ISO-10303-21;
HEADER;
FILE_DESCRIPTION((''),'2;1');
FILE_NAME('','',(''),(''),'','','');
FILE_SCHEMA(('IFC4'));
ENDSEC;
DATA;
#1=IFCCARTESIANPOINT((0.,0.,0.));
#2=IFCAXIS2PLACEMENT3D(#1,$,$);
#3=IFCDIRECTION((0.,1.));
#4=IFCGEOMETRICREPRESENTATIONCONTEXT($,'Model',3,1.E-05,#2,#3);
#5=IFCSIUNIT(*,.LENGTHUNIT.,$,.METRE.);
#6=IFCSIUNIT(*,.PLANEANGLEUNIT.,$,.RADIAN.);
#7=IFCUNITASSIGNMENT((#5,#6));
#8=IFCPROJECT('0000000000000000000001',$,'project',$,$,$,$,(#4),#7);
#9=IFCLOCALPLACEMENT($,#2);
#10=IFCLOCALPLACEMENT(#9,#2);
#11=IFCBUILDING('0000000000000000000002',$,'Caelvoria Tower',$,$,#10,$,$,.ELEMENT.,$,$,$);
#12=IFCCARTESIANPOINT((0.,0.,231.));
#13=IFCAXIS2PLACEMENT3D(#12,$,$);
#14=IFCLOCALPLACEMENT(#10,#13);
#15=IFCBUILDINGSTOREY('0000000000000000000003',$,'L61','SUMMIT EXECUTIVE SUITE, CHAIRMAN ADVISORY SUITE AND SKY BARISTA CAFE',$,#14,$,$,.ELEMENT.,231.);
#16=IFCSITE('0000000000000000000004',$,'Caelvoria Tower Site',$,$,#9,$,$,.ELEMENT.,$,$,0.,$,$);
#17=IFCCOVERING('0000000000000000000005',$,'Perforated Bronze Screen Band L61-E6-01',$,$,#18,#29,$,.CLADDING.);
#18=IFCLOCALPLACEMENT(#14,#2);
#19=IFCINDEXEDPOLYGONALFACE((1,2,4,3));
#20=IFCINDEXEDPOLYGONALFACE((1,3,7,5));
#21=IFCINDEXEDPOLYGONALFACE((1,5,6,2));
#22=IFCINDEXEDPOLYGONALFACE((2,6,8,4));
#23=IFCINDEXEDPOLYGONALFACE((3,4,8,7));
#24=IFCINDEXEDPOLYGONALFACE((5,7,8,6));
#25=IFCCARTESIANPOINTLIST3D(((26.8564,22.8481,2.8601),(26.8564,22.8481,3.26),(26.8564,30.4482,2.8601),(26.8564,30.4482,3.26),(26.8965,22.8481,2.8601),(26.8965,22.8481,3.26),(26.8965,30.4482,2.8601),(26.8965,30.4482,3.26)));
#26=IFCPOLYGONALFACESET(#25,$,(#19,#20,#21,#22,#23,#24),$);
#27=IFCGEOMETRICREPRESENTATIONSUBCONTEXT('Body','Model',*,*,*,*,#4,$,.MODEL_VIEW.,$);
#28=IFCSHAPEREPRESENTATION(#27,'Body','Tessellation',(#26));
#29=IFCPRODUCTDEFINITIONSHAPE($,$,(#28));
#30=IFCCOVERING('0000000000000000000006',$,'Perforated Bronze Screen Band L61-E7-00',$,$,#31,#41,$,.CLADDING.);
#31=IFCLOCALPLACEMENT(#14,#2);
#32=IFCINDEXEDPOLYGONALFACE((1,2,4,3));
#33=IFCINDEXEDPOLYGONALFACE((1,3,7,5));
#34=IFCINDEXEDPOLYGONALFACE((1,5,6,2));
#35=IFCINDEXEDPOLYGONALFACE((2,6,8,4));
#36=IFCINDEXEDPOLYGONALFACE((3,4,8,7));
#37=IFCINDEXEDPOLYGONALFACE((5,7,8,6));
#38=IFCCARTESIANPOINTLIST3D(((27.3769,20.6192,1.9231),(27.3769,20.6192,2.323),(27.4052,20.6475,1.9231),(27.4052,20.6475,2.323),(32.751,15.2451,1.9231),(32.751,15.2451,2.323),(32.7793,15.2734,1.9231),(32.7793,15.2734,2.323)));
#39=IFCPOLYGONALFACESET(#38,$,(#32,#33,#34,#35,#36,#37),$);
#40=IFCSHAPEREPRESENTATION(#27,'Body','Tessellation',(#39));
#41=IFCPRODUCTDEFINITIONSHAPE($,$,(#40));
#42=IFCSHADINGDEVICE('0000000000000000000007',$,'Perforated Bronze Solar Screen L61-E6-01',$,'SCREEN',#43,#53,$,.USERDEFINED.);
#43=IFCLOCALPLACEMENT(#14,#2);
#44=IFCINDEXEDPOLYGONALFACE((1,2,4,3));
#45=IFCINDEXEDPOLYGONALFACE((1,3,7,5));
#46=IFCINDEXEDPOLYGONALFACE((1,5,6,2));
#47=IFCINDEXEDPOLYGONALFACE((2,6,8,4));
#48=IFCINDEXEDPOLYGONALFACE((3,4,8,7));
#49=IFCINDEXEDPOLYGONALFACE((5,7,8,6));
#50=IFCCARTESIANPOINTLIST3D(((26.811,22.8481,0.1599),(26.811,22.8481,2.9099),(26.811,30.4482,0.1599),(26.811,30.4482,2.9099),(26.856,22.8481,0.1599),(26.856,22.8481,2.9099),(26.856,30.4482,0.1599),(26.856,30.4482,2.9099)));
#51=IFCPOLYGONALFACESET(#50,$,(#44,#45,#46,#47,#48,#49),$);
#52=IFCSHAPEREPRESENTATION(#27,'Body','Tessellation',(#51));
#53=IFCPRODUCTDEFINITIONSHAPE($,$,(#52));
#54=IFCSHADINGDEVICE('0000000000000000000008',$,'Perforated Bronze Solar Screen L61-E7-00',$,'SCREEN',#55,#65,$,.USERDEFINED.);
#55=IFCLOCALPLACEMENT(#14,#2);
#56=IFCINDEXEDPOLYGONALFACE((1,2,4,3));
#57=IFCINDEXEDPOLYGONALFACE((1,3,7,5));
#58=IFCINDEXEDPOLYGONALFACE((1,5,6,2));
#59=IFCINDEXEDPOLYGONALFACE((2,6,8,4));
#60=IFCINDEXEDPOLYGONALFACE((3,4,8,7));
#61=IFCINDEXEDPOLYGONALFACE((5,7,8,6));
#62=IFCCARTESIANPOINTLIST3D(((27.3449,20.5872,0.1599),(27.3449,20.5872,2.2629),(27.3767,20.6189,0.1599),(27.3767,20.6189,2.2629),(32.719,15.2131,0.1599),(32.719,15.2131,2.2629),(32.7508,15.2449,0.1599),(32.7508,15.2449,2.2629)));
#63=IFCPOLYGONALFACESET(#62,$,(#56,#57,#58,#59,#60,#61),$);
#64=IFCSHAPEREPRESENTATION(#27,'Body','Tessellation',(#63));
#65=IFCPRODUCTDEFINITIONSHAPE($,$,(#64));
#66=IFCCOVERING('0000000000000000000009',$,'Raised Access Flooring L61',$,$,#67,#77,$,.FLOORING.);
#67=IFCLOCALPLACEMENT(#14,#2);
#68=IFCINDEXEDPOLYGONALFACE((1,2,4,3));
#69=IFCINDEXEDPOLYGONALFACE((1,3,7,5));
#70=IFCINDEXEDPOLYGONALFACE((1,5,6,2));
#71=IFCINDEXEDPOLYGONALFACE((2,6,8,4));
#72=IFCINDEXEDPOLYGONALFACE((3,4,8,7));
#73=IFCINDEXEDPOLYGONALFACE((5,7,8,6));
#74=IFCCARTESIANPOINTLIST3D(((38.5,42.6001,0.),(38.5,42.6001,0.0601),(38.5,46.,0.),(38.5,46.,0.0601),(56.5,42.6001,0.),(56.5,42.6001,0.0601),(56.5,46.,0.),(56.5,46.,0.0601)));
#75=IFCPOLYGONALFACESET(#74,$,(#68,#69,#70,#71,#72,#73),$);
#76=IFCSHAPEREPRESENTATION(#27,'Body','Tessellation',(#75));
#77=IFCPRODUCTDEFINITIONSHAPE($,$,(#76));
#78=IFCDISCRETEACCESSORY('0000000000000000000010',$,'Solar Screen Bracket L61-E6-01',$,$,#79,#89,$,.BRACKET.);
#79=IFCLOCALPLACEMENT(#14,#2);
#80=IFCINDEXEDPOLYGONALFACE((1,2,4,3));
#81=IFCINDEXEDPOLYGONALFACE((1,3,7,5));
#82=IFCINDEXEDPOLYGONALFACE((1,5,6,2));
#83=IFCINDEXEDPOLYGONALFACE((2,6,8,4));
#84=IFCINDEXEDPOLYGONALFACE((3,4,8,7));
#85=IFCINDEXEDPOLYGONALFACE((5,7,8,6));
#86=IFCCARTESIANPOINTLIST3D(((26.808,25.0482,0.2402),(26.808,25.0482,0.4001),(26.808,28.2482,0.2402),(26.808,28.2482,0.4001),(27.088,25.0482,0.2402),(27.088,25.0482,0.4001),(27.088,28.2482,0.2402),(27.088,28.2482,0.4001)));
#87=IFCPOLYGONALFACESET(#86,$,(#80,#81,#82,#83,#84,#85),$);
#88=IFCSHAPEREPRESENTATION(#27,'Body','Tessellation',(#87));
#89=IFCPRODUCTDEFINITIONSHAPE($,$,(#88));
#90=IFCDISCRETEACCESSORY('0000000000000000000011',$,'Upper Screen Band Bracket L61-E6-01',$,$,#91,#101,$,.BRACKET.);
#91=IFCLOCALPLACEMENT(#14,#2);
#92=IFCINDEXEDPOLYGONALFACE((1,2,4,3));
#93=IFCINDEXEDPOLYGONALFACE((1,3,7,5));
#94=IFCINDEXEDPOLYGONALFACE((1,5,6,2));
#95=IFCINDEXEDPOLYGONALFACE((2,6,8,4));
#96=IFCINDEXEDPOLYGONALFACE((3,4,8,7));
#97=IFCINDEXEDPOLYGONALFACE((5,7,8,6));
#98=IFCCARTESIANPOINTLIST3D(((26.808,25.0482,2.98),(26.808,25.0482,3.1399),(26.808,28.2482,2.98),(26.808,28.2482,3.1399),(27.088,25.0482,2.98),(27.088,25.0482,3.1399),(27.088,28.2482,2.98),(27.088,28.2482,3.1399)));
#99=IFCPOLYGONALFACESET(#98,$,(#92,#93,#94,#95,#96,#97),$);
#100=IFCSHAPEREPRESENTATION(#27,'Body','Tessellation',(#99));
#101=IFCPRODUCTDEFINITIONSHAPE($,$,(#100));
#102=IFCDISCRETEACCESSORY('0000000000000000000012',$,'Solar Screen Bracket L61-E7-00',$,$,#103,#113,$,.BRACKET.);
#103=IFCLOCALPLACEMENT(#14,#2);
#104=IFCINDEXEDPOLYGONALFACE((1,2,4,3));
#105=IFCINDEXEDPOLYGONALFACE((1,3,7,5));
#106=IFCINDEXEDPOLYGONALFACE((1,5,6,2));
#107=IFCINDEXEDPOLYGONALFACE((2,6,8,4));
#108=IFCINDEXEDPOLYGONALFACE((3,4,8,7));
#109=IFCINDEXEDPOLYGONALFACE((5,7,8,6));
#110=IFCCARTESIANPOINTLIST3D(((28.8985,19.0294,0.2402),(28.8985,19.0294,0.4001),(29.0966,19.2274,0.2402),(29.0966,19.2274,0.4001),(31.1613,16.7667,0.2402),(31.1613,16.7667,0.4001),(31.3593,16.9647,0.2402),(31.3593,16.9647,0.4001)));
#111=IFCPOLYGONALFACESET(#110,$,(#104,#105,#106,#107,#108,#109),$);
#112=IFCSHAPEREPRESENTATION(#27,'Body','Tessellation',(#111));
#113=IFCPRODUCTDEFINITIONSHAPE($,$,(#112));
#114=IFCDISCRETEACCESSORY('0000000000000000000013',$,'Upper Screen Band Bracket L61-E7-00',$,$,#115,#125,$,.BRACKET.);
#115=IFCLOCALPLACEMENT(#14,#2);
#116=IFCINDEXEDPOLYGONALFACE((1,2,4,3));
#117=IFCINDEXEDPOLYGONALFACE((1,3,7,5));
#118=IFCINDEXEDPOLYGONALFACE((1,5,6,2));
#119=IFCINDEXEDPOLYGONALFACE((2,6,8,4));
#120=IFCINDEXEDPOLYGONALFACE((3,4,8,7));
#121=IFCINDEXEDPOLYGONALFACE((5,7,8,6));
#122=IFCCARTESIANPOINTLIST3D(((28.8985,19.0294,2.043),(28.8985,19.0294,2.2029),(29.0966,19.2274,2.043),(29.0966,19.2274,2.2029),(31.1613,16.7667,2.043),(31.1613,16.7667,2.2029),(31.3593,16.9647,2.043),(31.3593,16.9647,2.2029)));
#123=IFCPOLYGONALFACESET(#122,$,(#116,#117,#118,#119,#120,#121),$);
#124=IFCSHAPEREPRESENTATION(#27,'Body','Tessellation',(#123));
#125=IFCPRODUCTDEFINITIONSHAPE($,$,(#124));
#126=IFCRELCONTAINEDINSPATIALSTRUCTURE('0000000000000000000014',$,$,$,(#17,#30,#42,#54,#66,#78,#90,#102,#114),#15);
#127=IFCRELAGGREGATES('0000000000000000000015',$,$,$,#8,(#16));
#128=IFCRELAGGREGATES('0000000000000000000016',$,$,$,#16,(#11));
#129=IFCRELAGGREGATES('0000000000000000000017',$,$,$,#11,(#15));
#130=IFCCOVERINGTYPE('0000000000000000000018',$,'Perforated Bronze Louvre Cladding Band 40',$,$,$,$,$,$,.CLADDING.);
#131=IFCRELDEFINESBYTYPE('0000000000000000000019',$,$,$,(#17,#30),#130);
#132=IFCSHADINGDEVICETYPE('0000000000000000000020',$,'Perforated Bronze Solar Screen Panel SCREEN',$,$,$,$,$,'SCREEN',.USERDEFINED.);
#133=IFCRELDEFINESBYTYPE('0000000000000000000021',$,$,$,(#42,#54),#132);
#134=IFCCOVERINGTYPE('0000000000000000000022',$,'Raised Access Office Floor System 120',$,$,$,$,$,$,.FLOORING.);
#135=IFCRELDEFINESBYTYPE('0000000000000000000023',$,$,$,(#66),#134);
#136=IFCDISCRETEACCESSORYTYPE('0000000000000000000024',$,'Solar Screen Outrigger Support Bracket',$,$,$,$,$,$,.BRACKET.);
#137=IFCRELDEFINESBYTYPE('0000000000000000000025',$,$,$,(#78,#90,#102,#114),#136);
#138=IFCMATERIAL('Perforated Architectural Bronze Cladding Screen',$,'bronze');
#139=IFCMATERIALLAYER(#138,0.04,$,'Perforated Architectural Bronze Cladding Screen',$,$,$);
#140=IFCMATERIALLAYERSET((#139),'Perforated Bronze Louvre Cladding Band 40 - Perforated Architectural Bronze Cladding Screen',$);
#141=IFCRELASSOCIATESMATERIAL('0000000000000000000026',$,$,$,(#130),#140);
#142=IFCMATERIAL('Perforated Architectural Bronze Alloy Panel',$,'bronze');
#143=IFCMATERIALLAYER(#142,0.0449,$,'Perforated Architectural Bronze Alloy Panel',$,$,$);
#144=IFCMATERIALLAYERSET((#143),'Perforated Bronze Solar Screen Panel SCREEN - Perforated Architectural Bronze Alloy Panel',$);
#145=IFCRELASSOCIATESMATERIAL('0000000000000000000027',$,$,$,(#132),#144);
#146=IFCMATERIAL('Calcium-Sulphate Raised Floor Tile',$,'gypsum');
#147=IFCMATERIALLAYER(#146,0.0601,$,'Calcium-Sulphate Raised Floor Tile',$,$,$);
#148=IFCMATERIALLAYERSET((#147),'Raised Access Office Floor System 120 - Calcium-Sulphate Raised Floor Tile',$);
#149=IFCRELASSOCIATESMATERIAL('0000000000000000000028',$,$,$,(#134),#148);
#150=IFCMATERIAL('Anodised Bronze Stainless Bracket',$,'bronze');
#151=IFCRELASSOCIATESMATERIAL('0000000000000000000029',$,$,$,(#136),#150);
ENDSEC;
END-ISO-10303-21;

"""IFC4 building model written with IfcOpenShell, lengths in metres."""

from ifc_helpers import new_model, si_unit, direction, frame, origin, origin_2d, place, context, subcontext, project, spatial, polyline, rectangle, outline, extrude, material, layer, layer_set, type_object, element, save


model = new_model("IFC4")

# Units and contexts
model_context = context("Model", 3, precision=1e-05, world=origin(), true_north=direction((0.0, 1.0)))
body_context = subcontext(model_context, "Body", "Model", "MODEL_VIEW")
ifc_project = project(units=[si_unit("LENGTHUNIT", "METRE"), si_unit("PLANEANGLEUNIT", "RADIAN")], contexts=[model_context])

# Site, building, storey
site_placement = place(None, origin())
site = spatial("IfcSite", under=ifc_project, at=site_placement, Name="Caelvoria Tower Site", CompositionType="ELEMENT", RefElevation=0.0)
building_placement = place(site_placement, origin())
building = spatial("IfcBuilding", under=site, at=building_placement, Name="Caelvoria Tower", CompositionType="ELEMENT")
storey_placement = place(building_placement, frame((0.0, 0.0, 231.0)))
storey = spatial("IfcBuildingStorey", under=building, at=storey_placement, Name="L61", Description="SUMMIT EXECUTIVE SUITE, CHAIRMAN ADVISORY SUITE AND SKY BARISTA CAFE", CompositionType="ELEMENT", Elevation=231.0)

# Coverings
ifc_material_1 = material(Name="Perforated Architectural Bronze Cladding Screen", Category="bronze")
ifc_layer_1 = layer(ifc_material_1, 0.04, Name="Perforated Architectural Bronze Cladding Screen")
ifc_layer_set_1 = layer_set([ifc_layer_1], Name="Perforated Bronze Louvre Cladding Band 40 - Perforated Architectural Bronze Cladding Screen")
covering_type_1 = type_object("IfcCoveringType", Name="Perforated Bronze Louvre Cladding Band 40", PredefinedType="CLADDING", material=ifc_layer_set_1)
for number, where, z_axis, x_axis, name in (
    (1, (26.8765, 26.6482, 2.8601), (0.0, 0.0, 1.0), (0.0, -1.0, 0.0), "Perforated Bronze Screen Band L61-E6-01"),
    (2, (30.0781, 17.9463, 1.9231), (0.0, 0.0, 1.0), (0.707107, -0.707107, 0.0), "Perforated Bronze Screen Band L61-E7-00"),
):
    element("IfcCovering", number, at=place(storey_placement, frame(where, z_axis=z_axis, x_axis=x_axis)), inside=storey, type_object=covering_type_1, Name=name, PredefinedType="CLADDING", context=body_context, shape_type="SweptSolid", body=[
        extrude(rectangle(XDim=7.6001, YDim=0.04, at=origin_2d()), origin(), (0.0, 0.0, 1.0), 0.3999),
    ])

# Shading devices
ifc_material_2 = material(Name="Perforated Architectural Bronze Alloy Panel", Category="bronze")
ifc_layer_2 = layer(ifc_material_2, 0.0449, Name="Perforated Architectural Bronze Alloy Panel")
ifc_layer_set_2 = layer_set([ifc_layer_2], Name="Perforated Bronze Solar Screen Panel SCREEN - Perforated Architectural Bronze Alloy Panel")
shading_device_type = type_object("IfcShadingDeviceType", Name="Perforated Bronze Solar Screen Panel SCREEN", ElementType="SCREEN", PredefinedType="USERDEFINED", material=ifc_layer_set_2)
shading_device_1_placement = place(storey_placement, frame((26.8335, 26.6482, 0.1599), z_axis=(0.0, 0.0, 1.0), x_axis=(0.0, -1.0, 0.0)))
element("IfcShadingDevice", 3, at=shading_device_1_placement, inside=storey, type_object=shading_device_type, Name="Perforated Bronze Solar Screen L61-E6-01", ObjectType="SCREEN", PredefinedType="USERDEFINED", context=body_context, shape_type="SweptSolid", body=[
    extrude(rectangle(XDim=7.6001, YDim=0.0449, at=origin_2d()), origin(), (0.0, 0.0, 1.0), 2.75),
])
shading_device_2_placement = place(storey_placement, frame((30.0479, 17.916, 0.1599), z_axis=(0.0, 0.0, 1.0), x_axis=(0.707107, -0.707107, 0.0)))
element("IfcShadingDevice", 4, at=shading_device_2_placement, inside=storey, type_object=shading_device_type, Name="Perforated Bronze Solar Screen L61-E7-00", ObjectType="SCREEN", PredefinedType="USERDEFINED", context=body_context, shape_type="SweptSolid", body=[
    extrude(rectangle(XDim=7.6001, YDim=0.0449, at=origin_2d()), origin(), (0.0, 0.0, 1.0), 2.103),
])

# Covering
ifc_material_3 = material(Name="Calcium-Sulphate Raised Floor Tile", Category="gypsum")
ifc_layer_3 = layer(ifc_material_3, 0.0601, Name="Calcium-Sulphate Raised Floor Tile")
ifc_layer_set_3 = layer_set([ifc_layer_3], Name="Raised Access Office Floor System 120 - Calcium-Sulphate Raised Floor Tile")
covering_type_2 = type_object("IfcCoveringType", Name="Raised Access Office Floor System 120", PredefinedType="FLOORING", material=ifc_layer_set_3)
covering_1_placement = place(storey_placement, origin())
element("IfcCovering", 5, at=covering_1_placement, inside=storey, type_object=covering_type_2, Name="Raised Access Flooring L61", PredefinedType="FLOORING", context=body_context, shape_type="SweptSolid", body=[
    extrude(outline(polyline([(38.5, 42.6001), (56.5, 42.6001), (56.5, 46.0), (38.5, 46.0), (38.5, 42.6001)])), origin(), (0.0, 0.0, 1.0), 0.0601),
])

# Discrete accessories
ifc_material_4 = material(Name="Anodised Bronze Stainless Bracket", Category="bronze")
discrete_accessory_type = type_object("IfcDiscreteAccessoryType", Name="Solar Screen Outrigger Support Bracket", PredefinedType="BRACKET", material=ifc_material_4)
for number, where, z_axis, x_axis, name in (
    (6, (26.948, 26.6482, 0.2402), (0.0, 0.0, 1.0), (0.0, -1.0, 0.0), "Solar Screen Bracket L61-E6-01"),
    (7, (26.948, 26.6482, 2.98), (0.0, 0.0, 1.0), (0.0, -1.0, 0.0), "Upper Screen Band Bracket L61-E6-01"),
    (8, (30.1289, 17.9971, 0.2402), (0.0, 0.0, 1.0), (0.707107, -0.707107, 0.0), "Solar Screen Bracket L61-E7-00"),
    (9, (30.1289, 17.9971, 2.043), (0.0, 0.0, 1.0), (0.707107, -0.707107, 0.0), "Upper Screen Band Bracket L61-E7-00"),
):
    element("IfcDiscreteAccessory", number, at=place(storey_placement, frame(where, z_axis=z_axis, x_axis=x_axis)), inside=storey, type_object=discrete_accessory_type, Name=name, PredefinedType="BRACKET", context=body_context, shape_type="SweptSolid", body=[
        extrude(rectangle(XDim=3.2, YDim=0.28, at=origin_2d()), origin(), (0.0, 0.0, 1.0), 0.1599),
    ])

save(model, "model.ifc")
